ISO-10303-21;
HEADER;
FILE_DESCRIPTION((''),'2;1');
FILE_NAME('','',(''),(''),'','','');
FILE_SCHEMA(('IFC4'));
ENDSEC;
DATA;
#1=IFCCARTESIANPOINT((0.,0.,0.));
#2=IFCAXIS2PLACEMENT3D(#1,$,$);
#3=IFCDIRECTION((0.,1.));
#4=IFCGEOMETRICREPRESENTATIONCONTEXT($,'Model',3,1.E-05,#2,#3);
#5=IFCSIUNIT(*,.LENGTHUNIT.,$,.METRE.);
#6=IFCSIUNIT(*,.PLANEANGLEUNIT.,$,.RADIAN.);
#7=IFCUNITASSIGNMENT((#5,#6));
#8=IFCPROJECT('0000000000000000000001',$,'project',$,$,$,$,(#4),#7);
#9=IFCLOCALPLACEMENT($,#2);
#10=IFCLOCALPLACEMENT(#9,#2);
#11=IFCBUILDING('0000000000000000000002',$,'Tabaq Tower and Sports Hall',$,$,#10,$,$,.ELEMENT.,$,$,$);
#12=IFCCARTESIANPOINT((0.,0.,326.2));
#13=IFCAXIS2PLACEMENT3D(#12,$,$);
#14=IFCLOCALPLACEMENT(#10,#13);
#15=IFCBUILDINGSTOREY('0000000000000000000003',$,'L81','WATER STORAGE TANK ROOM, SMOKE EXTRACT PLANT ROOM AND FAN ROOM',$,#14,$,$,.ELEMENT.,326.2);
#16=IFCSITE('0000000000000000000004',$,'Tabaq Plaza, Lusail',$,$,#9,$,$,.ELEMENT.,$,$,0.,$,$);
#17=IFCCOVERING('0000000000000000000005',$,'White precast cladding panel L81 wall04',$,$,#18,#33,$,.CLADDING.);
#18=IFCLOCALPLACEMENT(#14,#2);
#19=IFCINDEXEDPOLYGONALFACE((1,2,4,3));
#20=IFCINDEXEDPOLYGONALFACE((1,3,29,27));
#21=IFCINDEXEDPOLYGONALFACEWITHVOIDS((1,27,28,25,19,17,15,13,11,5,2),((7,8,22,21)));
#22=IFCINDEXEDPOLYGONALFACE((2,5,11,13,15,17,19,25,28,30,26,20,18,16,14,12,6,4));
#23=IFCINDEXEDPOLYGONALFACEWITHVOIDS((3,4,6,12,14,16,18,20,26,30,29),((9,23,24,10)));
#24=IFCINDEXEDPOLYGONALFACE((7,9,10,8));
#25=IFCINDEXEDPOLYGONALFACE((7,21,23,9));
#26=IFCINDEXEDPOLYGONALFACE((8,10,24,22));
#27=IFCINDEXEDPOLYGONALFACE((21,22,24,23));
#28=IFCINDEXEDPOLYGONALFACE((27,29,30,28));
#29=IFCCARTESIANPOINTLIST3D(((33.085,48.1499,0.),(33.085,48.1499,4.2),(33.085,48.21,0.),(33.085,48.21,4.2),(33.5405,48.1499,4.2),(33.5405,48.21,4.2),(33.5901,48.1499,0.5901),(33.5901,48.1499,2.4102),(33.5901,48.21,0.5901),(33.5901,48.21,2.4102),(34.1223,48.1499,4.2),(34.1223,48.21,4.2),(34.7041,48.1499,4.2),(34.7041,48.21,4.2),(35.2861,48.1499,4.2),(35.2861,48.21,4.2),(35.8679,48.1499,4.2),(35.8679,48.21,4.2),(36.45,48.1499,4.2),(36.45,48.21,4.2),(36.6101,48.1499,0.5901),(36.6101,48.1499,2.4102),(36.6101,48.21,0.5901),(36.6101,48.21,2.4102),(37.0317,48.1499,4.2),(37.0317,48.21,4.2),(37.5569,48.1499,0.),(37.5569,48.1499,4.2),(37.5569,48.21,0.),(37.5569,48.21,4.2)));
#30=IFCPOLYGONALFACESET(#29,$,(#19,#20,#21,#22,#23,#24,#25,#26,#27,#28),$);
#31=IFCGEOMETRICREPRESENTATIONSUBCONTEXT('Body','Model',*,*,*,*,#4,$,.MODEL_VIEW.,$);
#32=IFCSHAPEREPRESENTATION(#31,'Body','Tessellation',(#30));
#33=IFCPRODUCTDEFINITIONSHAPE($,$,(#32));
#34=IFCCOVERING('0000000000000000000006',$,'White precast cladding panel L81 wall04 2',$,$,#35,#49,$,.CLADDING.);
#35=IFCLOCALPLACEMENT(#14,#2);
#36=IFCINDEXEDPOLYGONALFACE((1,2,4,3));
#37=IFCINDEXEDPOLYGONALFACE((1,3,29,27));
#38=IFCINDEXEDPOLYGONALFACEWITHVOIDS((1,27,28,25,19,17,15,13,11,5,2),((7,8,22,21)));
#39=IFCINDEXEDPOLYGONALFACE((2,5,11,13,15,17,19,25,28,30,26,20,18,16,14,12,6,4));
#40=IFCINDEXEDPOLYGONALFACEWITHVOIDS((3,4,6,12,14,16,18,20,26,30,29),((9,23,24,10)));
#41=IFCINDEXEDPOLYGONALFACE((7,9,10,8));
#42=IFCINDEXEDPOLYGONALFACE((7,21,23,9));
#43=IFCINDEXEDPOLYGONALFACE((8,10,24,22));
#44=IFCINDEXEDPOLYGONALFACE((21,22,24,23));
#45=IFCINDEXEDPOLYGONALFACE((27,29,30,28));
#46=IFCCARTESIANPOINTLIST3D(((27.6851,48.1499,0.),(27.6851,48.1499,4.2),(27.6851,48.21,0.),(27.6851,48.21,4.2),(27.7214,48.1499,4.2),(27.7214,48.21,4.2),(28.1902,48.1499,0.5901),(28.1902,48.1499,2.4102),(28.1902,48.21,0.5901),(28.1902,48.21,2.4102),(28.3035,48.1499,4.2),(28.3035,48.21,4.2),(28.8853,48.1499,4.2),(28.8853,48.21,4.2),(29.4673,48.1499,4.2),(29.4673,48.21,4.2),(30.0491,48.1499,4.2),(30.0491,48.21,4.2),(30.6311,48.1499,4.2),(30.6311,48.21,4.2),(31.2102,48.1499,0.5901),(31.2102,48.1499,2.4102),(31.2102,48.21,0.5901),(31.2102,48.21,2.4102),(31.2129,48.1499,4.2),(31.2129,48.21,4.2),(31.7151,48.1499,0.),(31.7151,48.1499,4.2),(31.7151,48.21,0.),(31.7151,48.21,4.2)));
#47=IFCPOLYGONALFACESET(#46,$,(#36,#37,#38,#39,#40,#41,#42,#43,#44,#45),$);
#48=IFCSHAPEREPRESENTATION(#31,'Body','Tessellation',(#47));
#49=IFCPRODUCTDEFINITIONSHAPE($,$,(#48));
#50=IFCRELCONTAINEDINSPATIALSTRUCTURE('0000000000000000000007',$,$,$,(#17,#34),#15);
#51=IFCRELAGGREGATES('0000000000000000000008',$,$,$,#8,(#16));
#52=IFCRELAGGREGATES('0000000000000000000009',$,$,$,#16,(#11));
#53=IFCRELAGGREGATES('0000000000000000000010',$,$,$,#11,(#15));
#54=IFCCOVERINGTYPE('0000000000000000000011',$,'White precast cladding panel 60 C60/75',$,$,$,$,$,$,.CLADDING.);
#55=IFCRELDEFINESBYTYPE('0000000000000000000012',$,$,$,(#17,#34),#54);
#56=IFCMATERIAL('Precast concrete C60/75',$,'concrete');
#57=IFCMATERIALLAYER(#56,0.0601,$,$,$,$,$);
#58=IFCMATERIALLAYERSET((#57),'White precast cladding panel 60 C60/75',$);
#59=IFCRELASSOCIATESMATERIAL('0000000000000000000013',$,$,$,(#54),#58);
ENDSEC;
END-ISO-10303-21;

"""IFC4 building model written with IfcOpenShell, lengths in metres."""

from ifc_helpers import new_model, si_unit, direction, frame, origin, place, context, subcontext, project, spatial, polyline, outline, extrude, material, layer, layer_set, type_object, element, save


model = new_model("IFC4")

# Units and contexts
model_context = context("Model", 3, precision=1e-05, world=origin(), true_north=direction((0.0, 1.0)))
body_context = subcontext(model_context, "Body", "Model", "MODEL_VIEW")
ifc_project = project(units=[si_unit("LENGTHUNIT", "METRE"), si_unit("PLANEANGLEUNIT", "RADIAN")], contexts=[model_context])

# Site, building, storey
site_placement = place(None, origin())
site = spatial("IfcSite", under=ifc_project, at=site_placement, Name="Tabaq Plaza, Lusail", CompositionType="ELEMENT", RefElevation=0.0)
building_placement = place(site_placement, origin())
building = spatial("IfcBuilding", under=site, at=building_placement, Name="Tabaq Tower and Sports Hall", CompositionType="ELEMENT")
storey_placement = place(building_placement, frame((0.0, 0.0, 326.2)))
storey = spatial("IfcBuildingStorey", under=building, at=storey_placement, Name="L81", Description="WATER STORAGE TANK ROOM, SMOKE EXTRACT PLANT ROOM AND FAN ROOM", CompositionType="ELEMENT", Elevation=326.2)

# Coverings
ifc_material_1 = material(Name="Precast concrete C60/75", Category="concrete")
ifc_layer_1 = layer(ifc_material_1, 0.0601)
ifc_layer_set_1 = layer_set([ifc_layer_1], Name="White precast cladding panel 60 C60/75")
covering_type_1 = type_object("IfcCoveringType", Name="White precast cladding panel 60 C60/75", PredefinedType="CLADDING", material=ifc_layer_set_1)
covering_1_placement = place(storey_placement, frame((37.5569, 48.1799, 0.0), z_axis=(0.0, 0.0, 1.0), x_axis=(-1.0, 0.0, 0.0)))
element("IfcCovering", 1, at=covering_1_placement, inside=storey, type_object=covering_type_1, Name="White precast cladding panel L81 wall04", PredefinedType="CLADDING", context=body_context, shape_type="SweptSolid", body=[
    extrude(outline(polyline([(0.0, 0.0), (4.4719, 0.0), (4.4719, 4.2), (4.0164, 4.2), (3.4346, 4.2), (2.8528, 4.2), (2.2708, 4.2), (1.689, 4.2), (1.1069, 4.2), (0.5251, 4.2), (0.0, 4.2), (0.0, 0.0)]), holes=[polyline([(0.9468, 0.5901), (0.9468, 2.4102), (3.9668, 2.4102), (3.9668, 0.5901), (0.9468, 0.5901)])]), frame((0.0, 0.03, 0.0), z_axis=(0.0, -1.0, 0.0), x_axis=(1.0, 0.0, 0.0)), (0.0, 0.0, 1.0), 0.0601),
])
covering_2_placement = place(storey_placement, frame((31.7151, 48.1799, 0.0), z_axis=(0.0, 0.0, 1.0), x_axis=(-1.0, 0.0, 0.0)))
element("IfcCovering", 2, at=covering_2_placement, inside=storey, type_object=covering_type_1, Name="White precast cladding panel L81 wall04 2", PredefinedType="CLADDING", context=body_context, shape_type="SweptSolid", body=[
    extrude(outline(polyline([(0.0, 0.0), (4.03, 0.0), (4.03, 4.2), (3.9937, 4.2), (3.4116, 4.2), (2.8298, 4.2), (2.2478, 4.2), (1.666, 4.2), (1.084, 4.2), (0.5022, 4.2), (0.0, 4.2), (0.0, 0.0)]), holes=[polyline([(0.5049, 0.5901), (0.5049, 2.4102), (3.5249, 2.4102), (3.5249, 0.5901), (0.5049, 0.5901)])]), frame((0.0, 0.03, 0.0), z_axis=(0.0, -1.0, 0.0), x_axis=(1.0, 0.0, 0.0)), (0.0, 0.0, 1.0), 0.0601),
])

save(model, "model.ifc")
